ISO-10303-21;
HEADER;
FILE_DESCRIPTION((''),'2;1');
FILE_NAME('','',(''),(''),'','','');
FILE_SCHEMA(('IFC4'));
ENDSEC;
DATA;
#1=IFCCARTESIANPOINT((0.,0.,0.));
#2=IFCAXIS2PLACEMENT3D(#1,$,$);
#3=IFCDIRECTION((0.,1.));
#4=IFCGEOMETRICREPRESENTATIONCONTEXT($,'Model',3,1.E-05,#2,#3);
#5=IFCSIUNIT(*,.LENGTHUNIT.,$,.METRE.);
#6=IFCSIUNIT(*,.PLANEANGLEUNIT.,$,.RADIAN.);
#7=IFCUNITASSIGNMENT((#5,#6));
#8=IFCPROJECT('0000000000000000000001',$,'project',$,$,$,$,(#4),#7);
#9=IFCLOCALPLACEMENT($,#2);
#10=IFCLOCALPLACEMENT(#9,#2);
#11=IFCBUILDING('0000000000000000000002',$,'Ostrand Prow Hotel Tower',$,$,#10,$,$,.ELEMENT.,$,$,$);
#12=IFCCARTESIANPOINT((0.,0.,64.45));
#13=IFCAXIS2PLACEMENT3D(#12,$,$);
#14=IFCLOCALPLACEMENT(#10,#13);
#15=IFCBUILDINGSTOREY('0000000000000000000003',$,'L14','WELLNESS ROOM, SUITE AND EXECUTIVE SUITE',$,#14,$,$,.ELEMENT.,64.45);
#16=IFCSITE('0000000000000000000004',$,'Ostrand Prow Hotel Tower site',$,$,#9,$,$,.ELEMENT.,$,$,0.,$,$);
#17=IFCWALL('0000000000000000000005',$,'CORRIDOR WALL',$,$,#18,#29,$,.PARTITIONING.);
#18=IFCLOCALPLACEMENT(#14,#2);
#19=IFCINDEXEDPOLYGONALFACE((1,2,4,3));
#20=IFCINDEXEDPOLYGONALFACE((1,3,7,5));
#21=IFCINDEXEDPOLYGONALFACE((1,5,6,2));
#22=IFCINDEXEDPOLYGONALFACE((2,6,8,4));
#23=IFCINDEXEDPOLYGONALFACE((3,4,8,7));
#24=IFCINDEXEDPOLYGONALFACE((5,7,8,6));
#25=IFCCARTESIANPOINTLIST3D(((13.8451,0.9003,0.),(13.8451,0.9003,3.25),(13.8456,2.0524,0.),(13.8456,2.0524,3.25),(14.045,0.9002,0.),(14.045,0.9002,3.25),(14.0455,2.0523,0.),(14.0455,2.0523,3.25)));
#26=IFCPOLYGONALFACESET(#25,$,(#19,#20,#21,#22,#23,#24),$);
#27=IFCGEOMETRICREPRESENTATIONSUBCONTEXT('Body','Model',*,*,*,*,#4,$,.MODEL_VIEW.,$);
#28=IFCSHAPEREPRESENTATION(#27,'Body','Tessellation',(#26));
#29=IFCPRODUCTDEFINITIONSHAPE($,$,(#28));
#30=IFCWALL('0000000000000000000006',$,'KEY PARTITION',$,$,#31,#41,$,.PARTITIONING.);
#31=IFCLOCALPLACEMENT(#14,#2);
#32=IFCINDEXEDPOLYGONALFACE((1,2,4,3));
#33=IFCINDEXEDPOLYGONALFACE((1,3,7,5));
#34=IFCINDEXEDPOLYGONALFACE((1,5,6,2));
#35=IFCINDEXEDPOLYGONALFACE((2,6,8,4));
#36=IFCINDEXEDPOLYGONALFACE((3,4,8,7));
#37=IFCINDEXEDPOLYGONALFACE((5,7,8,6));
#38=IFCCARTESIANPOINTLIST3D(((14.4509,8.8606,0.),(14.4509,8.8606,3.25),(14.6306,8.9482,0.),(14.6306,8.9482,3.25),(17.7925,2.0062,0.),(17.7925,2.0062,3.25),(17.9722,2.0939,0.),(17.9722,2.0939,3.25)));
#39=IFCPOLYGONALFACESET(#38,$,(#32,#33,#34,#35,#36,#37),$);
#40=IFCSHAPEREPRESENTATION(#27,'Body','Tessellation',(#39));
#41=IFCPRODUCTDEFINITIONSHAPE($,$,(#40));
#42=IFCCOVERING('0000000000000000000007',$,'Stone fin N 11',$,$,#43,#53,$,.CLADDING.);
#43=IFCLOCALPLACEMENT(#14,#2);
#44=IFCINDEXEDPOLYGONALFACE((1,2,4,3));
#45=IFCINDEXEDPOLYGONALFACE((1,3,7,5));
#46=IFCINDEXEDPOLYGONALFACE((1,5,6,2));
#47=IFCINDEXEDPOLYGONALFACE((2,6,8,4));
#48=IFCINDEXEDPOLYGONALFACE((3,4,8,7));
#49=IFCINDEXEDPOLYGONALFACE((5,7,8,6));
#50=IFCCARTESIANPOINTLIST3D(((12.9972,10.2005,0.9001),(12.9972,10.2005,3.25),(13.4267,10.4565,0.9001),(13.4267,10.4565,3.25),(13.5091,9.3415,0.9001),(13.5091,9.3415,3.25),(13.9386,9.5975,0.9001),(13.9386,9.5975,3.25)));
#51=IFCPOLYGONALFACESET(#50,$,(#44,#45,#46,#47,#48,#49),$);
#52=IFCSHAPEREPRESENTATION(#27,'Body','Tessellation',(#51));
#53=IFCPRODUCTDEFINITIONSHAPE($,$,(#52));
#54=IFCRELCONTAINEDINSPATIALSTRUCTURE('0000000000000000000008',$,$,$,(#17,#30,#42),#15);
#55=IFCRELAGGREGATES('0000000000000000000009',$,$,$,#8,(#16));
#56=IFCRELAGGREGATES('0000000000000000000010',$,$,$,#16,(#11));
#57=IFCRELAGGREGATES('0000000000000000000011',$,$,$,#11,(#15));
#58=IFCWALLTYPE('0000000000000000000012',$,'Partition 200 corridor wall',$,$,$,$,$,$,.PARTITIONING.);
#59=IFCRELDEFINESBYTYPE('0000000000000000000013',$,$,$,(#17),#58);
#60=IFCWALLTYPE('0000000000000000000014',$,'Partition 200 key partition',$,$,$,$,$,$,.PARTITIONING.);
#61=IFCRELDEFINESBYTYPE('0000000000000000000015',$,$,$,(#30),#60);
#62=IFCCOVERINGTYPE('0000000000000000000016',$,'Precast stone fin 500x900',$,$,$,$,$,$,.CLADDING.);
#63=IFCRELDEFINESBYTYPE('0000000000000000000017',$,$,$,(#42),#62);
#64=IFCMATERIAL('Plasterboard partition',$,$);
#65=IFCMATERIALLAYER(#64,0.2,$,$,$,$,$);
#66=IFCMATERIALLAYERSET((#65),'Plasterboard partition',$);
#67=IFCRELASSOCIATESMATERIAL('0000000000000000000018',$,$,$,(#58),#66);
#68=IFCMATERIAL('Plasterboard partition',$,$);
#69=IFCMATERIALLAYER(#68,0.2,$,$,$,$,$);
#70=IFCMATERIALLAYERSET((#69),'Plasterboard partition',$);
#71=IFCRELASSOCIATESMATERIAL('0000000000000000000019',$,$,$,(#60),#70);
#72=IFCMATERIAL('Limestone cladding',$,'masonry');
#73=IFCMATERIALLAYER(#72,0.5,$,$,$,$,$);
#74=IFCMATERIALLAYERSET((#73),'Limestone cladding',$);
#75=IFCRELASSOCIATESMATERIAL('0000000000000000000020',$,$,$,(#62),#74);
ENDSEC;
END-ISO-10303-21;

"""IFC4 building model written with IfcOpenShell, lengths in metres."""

from ifc_helpers import new_model, si_unit, direction, frame, frame_2d, origin, place, context, subcontext, project, spatial, rectangle, extrude, material, layer, layer_set, type_object, element, save


model = new_model("IFC4")

# Units and contexts
model_context = context("Model", 3, precision=1e-05, world=origin(), true_north=direction((0.0, 1.0)))
body_context = subcontext(model_context, "Body", "Model", "MODEL_VIEW")
ifc_project = project(units=[si_unit("LENGTHUNIT", "METRE"), si_unit("PLANEANGLEUNIT", "RADIAN")], contexts=[model_context])

# Site, building, storey
site_placement = place(None, origin())
site = spatial("IfcSite", under=ifc_project, at=site_placement, Name="Ostrand Prow Hotel Tower site", CompositionType="ELEMENT", RefElevation=0.0)
building_placement = place(site_placement, origin())
building = spatial("IfcBuilding", under=site, at=building_placement, Name="Ostrand Prow Hotel Tower", CompositionType="ELEMENT")
storey_placement = place(building_placement, frame((0.0, 0.0, 64.45)))
storey = spatial("IfcBuildingStorey", under=building, at=storey_placement, Name="L14", Description="WELLNESS ROOM, SUITE AND EXECUTIVE SUITE", CompositionType="ELEMENT", Elevation=64.45)

# Shared definitions
ifc_material_1 = material(Name="Plasterboard partition")
ifc_layer_1 = layer(ifc_material_1, 0.2)
ifc_layer_set_1 = layer_set([ifc_layer_1], Name="Plasterboard partition")
wall_type_1 = type_object("IfcWallType", Name="Partition 200 corridor wall", PredefinedType="PARTITIONING", material=ifc_layer_set_1)

# Walls
wall_1_placement = place(storey_placement, frame((13.9456, 2.0525, 0.0), z_axis=(0.0, 0.0, 1.0), x_axis=(-0.000424, -1.0, 0.0)))
element("IfcWall", 1, at=wall_1_placement, inside=storey, type_object=wall_type_1, Name="CORRIDOR WALL", PredefinedType="PARTITIONING", context=body_context, shape_type="SweptSolid", body=[
    extrude(rectangle(XDim=1.1521, YDim=0.2, at=frame_2d((0.5762, 0.0))), origin(), (0.0, 0.0, 1.0), 3.25),
])
ifc_material_2 = material(Name="Plasterboard partition")
ifc_layer_2 = layer(ifc_material_2, 0.2)
ifc_layer_set_2 = layer_set([ifc_layer_2], Name="Plasterboard partition")
wall_type_2 = type_object("IfcWallType", Name="Partition 200 key partition", PredefinedType="PARTITIONING", material=ifc_layer_set_2)
wall_2_placement = place(storey_placement, frame((17.8823, 2.05, 0.0), z_axis=(0.0, 0.0, 1.0), x_axis=(-0.438214, 0.898871, 0.0)))
element("IfcWall", 2, at=wall_2_placement, inside=storey, type_object=wall_type_2, Name="KEY PARTITION", PredefinedType="PARTITIONING", context=body_context, shape_type="SweptSolid", body=[
    extrude(rectangle(XDim=7.6255, YDim=0.2, at=frame_2d((3.8127, 0.0))), origin(), (0.0, 0.0, 1.0), 3.25),
])

# Covering
ifc_material_3 = material(Name="Limestone cladding", Category="masonry")
ifc_layer_3 = layer(ifc_material_3, 0.5)
ifc_layer_set_3 = layer_set([ifc_layer_3], Name="Limestone cladding")
covering_type = type_object("IfcCoveringType", Name="Precast stone fin 500x900", PredefinedType="CLADDING", material=ifc_layer_set_3)
covering_placement = place(storey_placement, frame((13.7239, 9.4695, 0.9001), z_axis=(0.0, 0.0, 1.0), x_axis=(-0.511909, 0.85904, 0.0)))
element("IfcCovering", 3, at=covering_placement, inside=storey, type_object=covering_type, Name="Stone fin N 11", PredefinedType="CLADDING", context=body_context, shape_type="SweptSolid", body=[
    extrude(rectangle(XDim=1.0, YDim=0.5, at=frame_2d((0.5, 0.0))), origin(), (0.0, 0.0, 1.0), 2.3499),
])

save(model, "model.ifc")
